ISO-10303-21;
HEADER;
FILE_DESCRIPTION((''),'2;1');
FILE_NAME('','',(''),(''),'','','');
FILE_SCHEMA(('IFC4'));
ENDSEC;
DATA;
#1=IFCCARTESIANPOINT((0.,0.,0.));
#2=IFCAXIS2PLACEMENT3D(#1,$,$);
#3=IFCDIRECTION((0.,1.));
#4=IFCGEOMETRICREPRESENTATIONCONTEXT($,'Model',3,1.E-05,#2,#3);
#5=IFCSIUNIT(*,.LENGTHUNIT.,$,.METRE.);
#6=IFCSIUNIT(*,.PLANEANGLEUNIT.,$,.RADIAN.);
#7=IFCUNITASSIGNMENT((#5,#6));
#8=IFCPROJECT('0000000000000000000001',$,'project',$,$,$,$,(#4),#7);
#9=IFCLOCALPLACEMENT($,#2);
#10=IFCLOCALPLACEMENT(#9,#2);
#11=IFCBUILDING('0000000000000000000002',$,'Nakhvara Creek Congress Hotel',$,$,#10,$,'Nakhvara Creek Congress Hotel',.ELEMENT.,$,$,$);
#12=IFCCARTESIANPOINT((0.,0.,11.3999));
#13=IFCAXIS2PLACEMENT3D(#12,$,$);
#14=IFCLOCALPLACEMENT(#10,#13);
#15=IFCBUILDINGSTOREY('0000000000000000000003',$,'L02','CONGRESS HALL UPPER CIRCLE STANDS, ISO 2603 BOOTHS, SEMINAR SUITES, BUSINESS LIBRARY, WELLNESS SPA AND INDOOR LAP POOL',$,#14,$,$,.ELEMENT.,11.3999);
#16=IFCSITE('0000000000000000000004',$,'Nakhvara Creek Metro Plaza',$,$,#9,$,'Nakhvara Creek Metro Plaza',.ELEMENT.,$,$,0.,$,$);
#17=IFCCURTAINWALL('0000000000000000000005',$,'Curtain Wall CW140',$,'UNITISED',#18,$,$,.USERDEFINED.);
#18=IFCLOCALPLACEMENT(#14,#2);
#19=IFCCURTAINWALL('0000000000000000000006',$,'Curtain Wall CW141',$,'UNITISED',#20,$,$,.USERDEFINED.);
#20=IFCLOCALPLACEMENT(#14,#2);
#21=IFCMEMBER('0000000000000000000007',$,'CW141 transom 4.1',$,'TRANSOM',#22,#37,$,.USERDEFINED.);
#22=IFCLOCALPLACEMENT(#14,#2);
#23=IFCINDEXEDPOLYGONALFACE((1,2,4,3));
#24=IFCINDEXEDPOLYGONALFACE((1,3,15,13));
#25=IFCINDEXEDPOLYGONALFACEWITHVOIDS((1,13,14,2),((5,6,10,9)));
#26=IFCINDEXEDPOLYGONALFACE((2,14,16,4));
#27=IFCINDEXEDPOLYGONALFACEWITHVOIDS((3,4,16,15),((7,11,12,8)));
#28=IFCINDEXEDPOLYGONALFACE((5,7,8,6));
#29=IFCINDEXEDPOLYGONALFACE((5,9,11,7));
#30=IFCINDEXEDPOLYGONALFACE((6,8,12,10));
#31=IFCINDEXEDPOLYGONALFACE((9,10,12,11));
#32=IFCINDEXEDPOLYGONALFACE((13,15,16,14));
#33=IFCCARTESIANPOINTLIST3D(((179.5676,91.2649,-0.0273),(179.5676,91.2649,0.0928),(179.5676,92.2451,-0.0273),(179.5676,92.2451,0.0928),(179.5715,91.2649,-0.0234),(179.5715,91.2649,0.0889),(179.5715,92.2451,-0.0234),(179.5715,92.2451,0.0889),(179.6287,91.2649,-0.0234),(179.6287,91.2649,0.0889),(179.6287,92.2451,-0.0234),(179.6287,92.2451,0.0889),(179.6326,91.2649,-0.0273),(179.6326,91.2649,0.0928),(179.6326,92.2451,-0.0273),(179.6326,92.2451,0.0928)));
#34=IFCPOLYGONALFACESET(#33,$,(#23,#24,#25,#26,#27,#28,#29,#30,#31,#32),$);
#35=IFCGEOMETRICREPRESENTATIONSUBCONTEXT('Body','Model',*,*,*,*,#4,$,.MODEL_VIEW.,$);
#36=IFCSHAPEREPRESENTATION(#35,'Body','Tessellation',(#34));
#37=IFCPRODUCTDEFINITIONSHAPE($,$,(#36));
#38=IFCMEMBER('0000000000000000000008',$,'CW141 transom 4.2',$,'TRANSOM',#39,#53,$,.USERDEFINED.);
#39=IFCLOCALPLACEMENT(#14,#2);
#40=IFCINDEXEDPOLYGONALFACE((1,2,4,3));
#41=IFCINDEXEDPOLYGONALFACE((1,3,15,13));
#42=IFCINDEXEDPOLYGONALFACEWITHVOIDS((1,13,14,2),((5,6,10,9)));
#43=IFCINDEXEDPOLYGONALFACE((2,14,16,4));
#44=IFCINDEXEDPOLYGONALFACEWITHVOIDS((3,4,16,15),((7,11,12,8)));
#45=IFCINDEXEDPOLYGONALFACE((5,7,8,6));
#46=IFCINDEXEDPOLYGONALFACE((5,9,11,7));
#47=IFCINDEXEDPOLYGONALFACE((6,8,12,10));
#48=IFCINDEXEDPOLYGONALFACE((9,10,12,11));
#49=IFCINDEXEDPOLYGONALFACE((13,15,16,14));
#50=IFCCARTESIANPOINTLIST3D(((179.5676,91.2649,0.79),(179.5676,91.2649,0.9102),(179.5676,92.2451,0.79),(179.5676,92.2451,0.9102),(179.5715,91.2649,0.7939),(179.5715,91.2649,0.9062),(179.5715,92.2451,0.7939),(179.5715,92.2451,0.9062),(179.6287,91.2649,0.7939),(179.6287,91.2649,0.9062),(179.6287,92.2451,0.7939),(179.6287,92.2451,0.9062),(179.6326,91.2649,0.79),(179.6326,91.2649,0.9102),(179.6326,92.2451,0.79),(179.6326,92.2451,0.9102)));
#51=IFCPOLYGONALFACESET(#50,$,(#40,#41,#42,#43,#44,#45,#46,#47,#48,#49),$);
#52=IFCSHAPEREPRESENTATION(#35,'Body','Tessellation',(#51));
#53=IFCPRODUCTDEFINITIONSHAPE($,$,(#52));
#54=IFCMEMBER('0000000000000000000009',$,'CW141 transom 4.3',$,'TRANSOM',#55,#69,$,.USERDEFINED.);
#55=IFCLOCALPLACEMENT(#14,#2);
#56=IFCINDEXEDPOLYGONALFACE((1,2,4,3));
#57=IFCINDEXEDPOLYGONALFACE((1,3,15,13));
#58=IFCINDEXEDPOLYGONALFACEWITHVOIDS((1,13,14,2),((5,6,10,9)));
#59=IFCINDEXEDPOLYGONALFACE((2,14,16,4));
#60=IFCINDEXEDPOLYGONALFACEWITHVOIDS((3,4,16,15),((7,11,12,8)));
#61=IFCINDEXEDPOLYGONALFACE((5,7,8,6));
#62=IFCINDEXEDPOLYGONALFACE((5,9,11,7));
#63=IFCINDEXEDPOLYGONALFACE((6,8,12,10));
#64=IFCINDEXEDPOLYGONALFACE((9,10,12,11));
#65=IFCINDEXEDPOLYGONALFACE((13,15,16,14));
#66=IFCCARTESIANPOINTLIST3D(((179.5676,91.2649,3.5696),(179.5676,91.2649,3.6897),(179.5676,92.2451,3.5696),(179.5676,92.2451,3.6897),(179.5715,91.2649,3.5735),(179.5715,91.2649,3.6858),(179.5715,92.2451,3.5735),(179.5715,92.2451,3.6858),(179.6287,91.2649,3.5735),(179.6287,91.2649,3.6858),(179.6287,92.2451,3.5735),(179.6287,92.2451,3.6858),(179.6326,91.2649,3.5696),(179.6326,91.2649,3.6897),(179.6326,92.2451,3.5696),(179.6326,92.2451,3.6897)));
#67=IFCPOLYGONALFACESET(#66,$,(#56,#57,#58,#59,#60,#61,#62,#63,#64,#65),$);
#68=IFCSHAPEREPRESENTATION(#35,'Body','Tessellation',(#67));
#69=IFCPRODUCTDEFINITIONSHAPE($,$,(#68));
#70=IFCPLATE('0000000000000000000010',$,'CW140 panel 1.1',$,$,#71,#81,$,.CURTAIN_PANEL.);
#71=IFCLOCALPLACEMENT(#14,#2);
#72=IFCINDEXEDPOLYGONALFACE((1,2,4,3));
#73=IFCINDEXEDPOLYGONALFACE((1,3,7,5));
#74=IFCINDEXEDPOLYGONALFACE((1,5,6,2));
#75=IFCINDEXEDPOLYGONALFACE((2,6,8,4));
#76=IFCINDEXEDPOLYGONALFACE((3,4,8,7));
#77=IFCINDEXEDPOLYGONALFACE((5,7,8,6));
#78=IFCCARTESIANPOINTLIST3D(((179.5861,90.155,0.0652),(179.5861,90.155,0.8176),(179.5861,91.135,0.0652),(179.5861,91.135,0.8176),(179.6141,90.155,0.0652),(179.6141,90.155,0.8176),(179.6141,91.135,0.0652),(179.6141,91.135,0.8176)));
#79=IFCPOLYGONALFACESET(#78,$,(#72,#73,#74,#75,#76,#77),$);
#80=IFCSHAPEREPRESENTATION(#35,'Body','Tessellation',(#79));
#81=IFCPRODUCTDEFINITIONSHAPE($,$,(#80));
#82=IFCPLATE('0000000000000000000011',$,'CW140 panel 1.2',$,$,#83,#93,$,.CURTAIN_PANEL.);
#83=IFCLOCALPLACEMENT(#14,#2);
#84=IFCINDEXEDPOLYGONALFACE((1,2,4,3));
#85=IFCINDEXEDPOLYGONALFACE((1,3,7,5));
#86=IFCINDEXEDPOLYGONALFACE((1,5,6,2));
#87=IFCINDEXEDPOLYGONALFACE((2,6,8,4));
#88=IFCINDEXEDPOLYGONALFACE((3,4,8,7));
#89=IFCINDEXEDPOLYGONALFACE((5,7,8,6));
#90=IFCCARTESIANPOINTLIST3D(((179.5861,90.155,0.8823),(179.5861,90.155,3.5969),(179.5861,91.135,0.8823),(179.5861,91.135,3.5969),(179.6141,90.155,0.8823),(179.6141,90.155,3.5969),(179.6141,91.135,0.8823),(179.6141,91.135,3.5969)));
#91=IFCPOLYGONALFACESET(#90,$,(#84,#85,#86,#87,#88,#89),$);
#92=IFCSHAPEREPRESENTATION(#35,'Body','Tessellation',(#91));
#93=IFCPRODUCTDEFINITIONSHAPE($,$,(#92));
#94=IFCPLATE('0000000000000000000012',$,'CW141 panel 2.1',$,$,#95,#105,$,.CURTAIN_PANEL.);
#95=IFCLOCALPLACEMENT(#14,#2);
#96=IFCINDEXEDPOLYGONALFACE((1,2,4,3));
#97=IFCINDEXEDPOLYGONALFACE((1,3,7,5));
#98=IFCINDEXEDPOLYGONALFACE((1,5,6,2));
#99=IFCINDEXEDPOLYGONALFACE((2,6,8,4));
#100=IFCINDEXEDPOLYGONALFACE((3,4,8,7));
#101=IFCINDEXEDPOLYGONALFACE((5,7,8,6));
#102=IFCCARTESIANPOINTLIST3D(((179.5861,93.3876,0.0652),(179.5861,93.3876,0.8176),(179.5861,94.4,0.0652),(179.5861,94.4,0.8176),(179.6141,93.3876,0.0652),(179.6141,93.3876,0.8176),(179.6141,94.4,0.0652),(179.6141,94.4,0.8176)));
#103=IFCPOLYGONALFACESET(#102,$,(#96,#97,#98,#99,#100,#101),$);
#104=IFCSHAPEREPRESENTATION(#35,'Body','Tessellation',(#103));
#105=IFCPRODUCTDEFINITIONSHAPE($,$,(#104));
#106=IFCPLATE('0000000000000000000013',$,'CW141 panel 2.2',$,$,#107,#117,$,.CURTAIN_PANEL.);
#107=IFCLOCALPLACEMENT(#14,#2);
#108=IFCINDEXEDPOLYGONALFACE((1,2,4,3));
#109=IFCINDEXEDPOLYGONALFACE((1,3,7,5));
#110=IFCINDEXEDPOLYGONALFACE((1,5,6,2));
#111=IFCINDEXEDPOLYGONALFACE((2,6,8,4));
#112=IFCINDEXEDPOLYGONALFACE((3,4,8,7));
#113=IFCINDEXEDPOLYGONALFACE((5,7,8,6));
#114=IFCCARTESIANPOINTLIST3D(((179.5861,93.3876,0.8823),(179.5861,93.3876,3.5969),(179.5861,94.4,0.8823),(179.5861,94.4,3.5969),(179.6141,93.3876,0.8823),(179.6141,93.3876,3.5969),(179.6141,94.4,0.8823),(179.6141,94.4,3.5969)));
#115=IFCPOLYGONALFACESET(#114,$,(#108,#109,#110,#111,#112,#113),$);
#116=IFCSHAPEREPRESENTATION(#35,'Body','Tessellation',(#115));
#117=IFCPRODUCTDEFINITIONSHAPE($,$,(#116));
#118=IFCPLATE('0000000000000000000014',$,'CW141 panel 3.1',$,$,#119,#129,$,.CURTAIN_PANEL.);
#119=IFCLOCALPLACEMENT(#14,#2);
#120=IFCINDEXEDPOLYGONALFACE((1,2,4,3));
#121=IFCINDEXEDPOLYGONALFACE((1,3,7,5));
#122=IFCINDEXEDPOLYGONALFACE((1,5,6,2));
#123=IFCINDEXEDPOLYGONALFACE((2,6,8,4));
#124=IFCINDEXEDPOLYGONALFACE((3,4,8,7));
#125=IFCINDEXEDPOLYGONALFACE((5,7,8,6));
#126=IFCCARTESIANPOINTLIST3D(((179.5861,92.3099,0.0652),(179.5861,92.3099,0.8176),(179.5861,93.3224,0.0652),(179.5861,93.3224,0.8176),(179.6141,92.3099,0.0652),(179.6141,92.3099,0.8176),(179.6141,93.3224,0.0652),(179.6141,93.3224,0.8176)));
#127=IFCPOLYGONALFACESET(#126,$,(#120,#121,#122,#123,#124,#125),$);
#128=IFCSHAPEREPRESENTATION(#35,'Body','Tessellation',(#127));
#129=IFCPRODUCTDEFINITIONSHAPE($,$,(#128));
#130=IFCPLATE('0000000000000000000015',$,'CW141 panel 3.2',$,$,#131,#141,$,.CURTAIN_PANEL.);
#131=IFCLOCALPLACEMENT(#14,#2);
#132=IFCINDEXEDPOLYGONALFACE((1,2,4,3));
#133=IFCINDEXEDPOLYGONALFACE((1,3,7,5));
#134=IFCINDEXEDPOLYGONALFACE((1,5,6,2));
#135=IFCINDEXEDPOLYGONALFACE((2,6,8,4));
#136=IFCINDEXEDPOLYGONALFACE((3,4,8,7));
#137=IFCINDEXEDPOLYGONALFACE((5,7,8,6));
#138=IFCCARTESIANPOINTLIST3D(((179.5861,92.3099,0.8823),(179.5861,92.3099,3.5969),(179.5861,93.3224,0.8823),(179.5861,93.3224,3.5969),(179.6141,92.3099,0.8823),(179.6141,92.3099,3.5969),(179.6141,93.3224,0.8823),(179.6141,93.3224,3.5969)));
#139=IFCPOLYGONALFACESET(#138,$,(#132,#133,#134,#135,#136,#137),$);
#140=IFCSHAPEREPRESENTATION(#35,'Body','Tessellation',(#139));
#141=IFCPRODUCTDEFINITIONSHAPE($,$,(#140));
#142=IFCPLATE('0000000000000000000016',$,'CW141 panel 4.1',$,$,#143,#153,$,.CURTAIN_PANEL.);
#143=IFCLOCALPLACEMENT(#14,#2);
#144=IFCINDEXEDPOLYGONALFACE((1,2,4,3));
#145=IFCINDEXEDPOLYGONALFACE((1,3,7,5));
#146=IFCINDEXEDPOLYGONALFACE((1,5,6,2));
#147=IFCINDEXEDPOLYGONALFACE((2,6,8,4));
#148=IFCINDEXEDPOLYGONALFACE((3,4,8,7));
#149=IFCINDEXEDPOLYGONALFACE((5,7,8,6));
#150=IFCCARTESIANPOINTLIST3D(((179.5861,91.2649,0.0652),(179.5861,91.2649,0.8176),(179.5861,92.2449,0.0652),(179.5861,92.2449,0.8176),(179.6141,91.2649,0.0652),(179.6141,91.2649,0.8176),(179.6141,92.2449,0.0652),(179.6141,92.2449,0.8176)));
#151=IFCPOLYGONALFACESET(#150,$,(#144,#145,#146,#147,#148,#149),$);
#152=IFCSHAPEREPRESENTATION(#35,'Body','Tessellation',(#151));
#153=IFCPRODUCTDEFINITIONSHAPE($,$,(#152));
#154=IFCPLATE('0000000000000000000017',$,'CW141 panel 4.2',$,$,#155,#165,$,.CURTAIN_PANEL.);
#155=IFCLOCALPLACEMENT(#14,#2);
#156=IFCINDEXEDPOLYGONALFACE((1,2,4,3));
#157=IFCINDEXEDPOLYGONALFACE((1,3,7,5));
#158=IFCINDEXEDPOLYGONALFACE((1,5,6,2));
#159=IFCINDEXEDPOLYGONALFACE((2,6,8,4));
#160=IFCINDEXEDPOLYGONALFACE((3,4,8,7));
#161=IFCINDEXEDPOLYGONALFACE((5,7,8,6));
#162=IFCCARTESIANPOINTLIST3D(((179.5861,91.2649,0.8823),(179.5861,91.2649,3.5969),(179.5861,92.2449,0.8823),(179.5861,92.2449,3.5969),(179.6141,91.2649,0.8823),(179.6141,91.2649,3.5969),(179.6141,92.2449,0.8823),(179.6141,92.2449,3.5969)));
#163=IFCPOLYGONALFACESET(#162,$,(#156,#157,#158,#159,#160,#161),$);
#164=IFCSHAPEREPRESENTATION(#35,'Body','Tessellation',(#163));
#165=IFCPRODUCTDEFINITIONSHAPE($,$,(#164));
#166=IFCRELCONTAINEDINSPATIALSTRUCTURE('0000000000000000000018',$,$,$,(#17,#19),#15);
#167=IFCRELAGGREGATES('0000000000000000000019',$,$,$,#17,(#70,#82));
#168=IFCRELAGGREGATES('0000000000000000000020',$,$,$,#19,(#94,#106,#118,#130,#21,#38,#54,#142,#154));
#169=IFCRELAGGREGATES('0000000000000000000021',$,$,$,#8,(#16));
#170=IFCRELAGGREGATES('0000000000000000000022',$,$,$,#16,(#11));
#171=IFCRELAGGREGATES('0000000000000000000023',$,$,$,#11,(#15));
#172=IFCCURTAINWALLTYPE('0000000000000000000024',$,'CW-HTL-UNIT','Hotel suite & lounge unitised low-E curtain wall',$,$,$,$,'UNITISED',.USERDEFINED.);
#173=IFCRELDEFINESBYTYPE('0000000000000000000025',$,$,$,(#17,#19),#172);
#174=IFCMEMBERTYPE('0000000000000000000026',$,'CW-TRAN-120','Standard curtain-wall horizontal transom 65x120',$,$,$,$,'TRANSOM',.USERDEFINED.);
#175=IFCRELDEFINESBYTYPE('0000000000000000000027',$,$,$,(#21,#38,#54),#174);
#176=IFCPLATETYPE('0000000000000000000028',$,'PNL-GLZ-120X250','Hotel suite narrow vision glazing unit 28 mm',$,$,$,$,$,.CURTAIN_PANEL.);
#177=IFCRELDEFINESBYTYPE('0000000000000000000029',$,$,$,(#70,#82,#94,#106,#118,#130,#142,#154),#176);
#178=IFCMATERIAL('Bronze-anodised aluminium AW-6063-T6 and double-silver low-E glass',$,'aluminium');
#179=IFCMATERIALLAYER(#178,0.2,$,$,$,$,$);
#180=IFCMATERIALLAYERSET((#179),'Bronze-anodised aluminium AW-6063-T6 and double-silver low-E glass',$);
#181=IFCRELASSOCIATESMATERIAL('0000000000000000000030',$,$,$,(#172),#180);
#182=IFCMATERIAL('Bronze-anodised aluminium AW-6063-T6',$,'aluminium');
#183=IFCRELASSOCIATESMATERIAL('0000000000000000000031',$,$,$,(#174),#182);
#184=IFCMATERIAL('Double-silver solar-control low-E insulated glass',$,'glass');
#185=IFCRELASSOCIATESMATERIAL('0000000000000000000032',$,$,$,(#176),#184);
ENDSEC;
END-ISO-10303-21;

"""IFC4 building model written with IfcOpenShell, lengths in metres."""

from ifc_helpers import new_model, si_unit, direction, frame, origin, origin_2d, place, context, subcontext, project, spatial, rectangle, hollow_rectangle, extrude, material, layer, layer_set, material_profile, profile_set, type_object, element, aggregate, save


model = new_model("IFC4")

# Units and contexts
model_context = context("Model", 3, precision=1e-05, world=origin(), true_north=direction((0.0, 1.0)))
body_context = subcontext(model_context, "Body", "Model", "MODEL_VIEW")
ifc_project = project(units=[si_unit("LENGTHUNIT", "METRE"), si_unit("PLANEANGLEUNIT", "RADIAN")], contexts=[model_context])

# Site, building, storey
site_placement = place(None, origin())
site = spatial("IfcSite", under=ifc_project, at=site_placement, Name="Nakhvara Creek Metro Plaza", LongName="Nakhvara Creek Metro Plaza", CompositionType="ELEMENT", RefElevation=0.0)
building_placement = place(site_placement, origin())
building = spatial("IfcBuilding", under=site, at=building_placement, Name="Nakhvara Creek Congress Hotel", LongName="Nakhvara Creek Congress Hotel", CompositionType="ELEMENT")
storey_placement = place(building_placement, frame((0.0, 0.0, 11.3999)))
storey = spatial("IfcBuildingStorey", under=building, at=storey_placement, Name="L02", Description="CONGRESS HALL UPPER CIRCLE STANDS, ISO 2603 BOOTHS, SEMINAR SUITES, BUSINESS LIBRARY, WELLNESS SPA AND INDOOR LAP POOL", CompositionType="ELEMENT", Elevation=11.3999)

# Curtain walls
ifc_material_1 = material(Name="Bronze-anodised aluminium AW-6063-T6 and double-silver low-E glass", Category="aluminium")
ifc_layer_1 = layer(ifc_material_1, 0.2)
ifc_layer_set_1 = layer_set([ifc_layer_1], Name="Bronze-anodised aluminium AW-6063-T6 and double-silver low-E glass")
curtain_wall_type = type_object("IfcCurtainWallType", Name="CW-HTL-UNIT", Description="Hotel suite & lounge unitised low-E curtain wall", ElementType="UNITISED", PredefinedType="USERDEFINED", material=ifc_layer_set_1)
curtain_wall_1_placement = place(storey_placement, origin())
curtain_wall_1 = element("IfcCurtainWall", 1, at=curtain_wall_1_placement, inside=storey, type_object=curtain_wall_type, Name="Curtain Wall CW140", ObjectType="UNITISED", PredefinedType="USERDEFINED")
ifc_material_2 = material(Name="Bronze-anodised aluminium AW-6063-T6", Category="aluminium")
curtain_wall_2_placement = place(storey_placement, origin())
curtain_wall_2 = element("IfcCurtainWall", 2, at=curtain_wall_2_placement, inside=storey, type_object=curtain_wall_type, Name="Curtain Wall CW141", ObjectType="UNITISED", PredefinedType="USERDEFINED")

# Members
ifc_material_profile_1 = material_profile(ifc_material_2, hollow_rectangle(XDim=0.0649, YDim=0.1201, WallThickness=0.0039, at=origin_2d()), Name="ALU-TRAN 65x120x4", Category="LoadBearing")
ifc_profile_set_1 = profile_set([ifc_material_profile_1], Name="Bronze-anodised aluminium AW-6063-T6")
member_type_1 = type_object("IfcMemberType", Name="CW-TRAN-120", Description="Standard curtain-wall horizontal transom 65x120", ElementType="TRANSOM", PredefinedType="USERDEFINED", material=ifc_profile_set_1)
member_1_placement = place(storey_placement, frame((179.6001, 92.2451, 0.0327), z_axis=(0.0, -1.0, 0.0), x_axis=(1.0, 0.0, 0.0)))
member_1 = element("IfcMember", 3, at=member_1_placement, type_object=member_type_1, Name="CW141 transom 4.1", ObjectType="TRANSOM", PredefinedType="USERDEFINED", context=body_context, shape_type="SweptSolid", body=[
    extrude(hollow_rectangle(XDim=0.0649, YDim=0.1201, WallThickness=0.0039, at=origin_2d()), origin(), (0.0, 0.0, 1.0), 0.9802),
])
member_2_placement = place(storey_placement, frame((179.6001, 92.2451, 0.8501), z_axis=(0.0, -1.0, 0.0), x_axis=(1.0, 0.0, 0.0)))
member_2 = element("IfcMember", 4, at=member_2_placement, type_object=member_type_1, Name="CW141 transom 4.2", ObjectType="TRANSOM", PredefinedType="USERDEFINED", context=body_context, shape_type="SweptSolid", body=[
    extrude(hollow_rectangle(XDim=0.0649, YDim=0.1201, WallThickness=0.0039, at=origin_2d()), origin(), (0.0, 0.0, 1.0), 0.9802),
])
member_3_placement = place(storey_placement, frame((179.6001, 92.2451, 3.6296), z_axis=(0.0, -1.0, 0.0), x_axis=(1.0, 0.0, 0.0)))
member_3 = element("IfcMember", 5, at=member_3_placement, type_object=member_type_1, Name="CW141 transom 4.3", ObjectType="TRANSOM", PredefinedType="USERDEFINED", context=body_context, shape_type="SweptSolid", body=[
    extrude(hollow_rectangle(XDim=0.0649, YDim=0.1201, WallThickness=0.0039, at=origin_2d()), origin(), (0.0, 0.0, 1.0), 0.9802),
])

# Plates
ifc_material_3 = material(Name="Double-silver solar-control low-E insulated glass", Category="glass")
plate_type = type_object("IfcPlateType", Name="PNL-GLZ-120X250", Description="Hotel suite narrow vision glazing unit 28 mm", PredefinedType="CURTAIN_PANEL", material=ifc_material_3)
plate_1_placement = place(storey_placement, frame((179.6001, 90.645, 0.0652), z_axis=(0.0, 0.0, 1.0), x_axis=(0.0, -1.0, 0.0)))
plate_1 = element("IfcPlate", 6, at=plate_1_placement, type_object=plate_type, Name="CW140 panel 1.1", PredefinedType="CURTAIN_PANEL", context=body_context, shape_type="SweptSolid", body=[
    extrude(rectangle(XDim=0.98, YDim=0.0281, at=origin_2d()), origin(), (0.0, 0.0, 1.0), 0.7524),
])
plate_2_placement = place(storey_placement, frame((179.6001, 90.645, 0.8823), z_axis=(0.0, 0.0, 1.0), x_axis=(0.0, -1.0, 0.0)))
plate_2 = element("IfcPlate", 7, at=plate_2_placement, type_object=plate_type, Name="CW140 panel 1.2", PredefinedType="CURTAIN_PANEL", context=body_context, shape_type="SweptSolid", body=[
    extrude(rectangle(XDim=0.98, YDim=0.0281, at=origin_2d()), origin(), (0.0, 0.0, 1.0), 2.7146),
])
aggregate(curtain_wall_1, [plate_1, plate_2])
plate_3_placement = place(storey_placement, frame((179.6001, 93.8938, 0.0652), z_axis=(0.0, 0.0, 1.0), x_axis=(0.0, -1.0, 0.0)))
plate_3 = element("IfcPlate", 8, at=plate_3_placement, type_object=plate_type, Name="CW141 panel 2.1", PredefinedType="CURTAIN_PANEL", context=body_context, shape_type="SweptSolid", body=[
    extrude(rectangle(XDim=1.0125, YDim=0.0281, at=origin_2d()), origin(), (0.0, 0.0, 1.0), 0.7524),
])
plate_4_placement = place(storey_placement, frame((179.6001, 93.8938, 0.8823), z_axis=(0.0, 0.0, 1.0), x_axis=(0.0, -1.0, 0.0)))
plate_4 = element("IfcPlate", 9, at=plate_4_placement, type_object=plate_type, Name="CW141 panel 2.2", PredefinedType="CURTAIN_PANEL", context=body_context, shape_type="SweptSolid", body=[
    extrude(rectangle(XDim=1.0125, YDim=0.0281, at=origin_2d()), origin(), (0.0, 0.0, 1.0), 2.7146),
])
plate_5_placement = place(storey_placement, frame((179.6001, 92.8162, 0.0652), z_axis=(0.0, 0.0, 1.0), x_axis=(0.0, -1.0, 0.0)))
plate_5 = element("IfcPlate", 10, at=plate_5_placement, type_object=plate_type, Name="CW141 panel 3.1", PredefinedType="CURTAIN_PANEL", context=body_context, shape_type="SweptSolid", body=[
    extrude(rectangle(XDim=1.0125, YDim=0.0281, at=origin_2d()), origin(), (0.0, 0.0, 1.0), 0.7524),
])
plate_6_placement = place(storey_placement, frame((179.6001, 92.8162, 0.8823), z_axis=(0.0, 0.0, 1.0), x_axis=(0.0, -1.0, 0.0)))
plate_6 = element("IfcPlate", 11, at=plate_6_placement, type_object=plate_type, Name="CW141 panel 3.2", PredefinedType="CURTAIN_PANEL", context=body_context, shape_type="SweptSolid", body=[
    extrude(rectangle(XDim=1.0125, YDim=0.0281, at=origin_2d()), origin(), (0.0, 0.0, 1.0), 2.7146),
])
plate_7_placement = place(storey_placement, frame((179.6001, 91.7549, 0.0652), z_axis=(0.0, 0.0, 1.0), x_axis=(0.0, -1.0, 0.0)))
plate_7 = element("IfcPlate", 12, at=plate_7_placement, type_object=plate_type, Name="CW141 panel 4.1", PredefinedType="CURTAIN_PANEL", context=body_context, shape_type="SweptSolid", body=[
    extrude(rectangle(XDim=0.98, YDim=0.0281, at=origin_2d()), origin(), (0.0, 0.0, 1.0), 0.7524),
])
plate_8_placement = place(storey_placement, frame((179.6001, 91.7549, 0.8823), z_axis=(0.0, 0.0, 1.0), x_axis=(0.0, -1.0, 0.0)))
plate_8 = element("IfcPlate", 13, at=plate_8_placement, type_object=plate_type, Name="CW141 panel 4.2", PredefinedType="CURTAIN_PANEL", context=body_context, shape_type="SweptSolid", body=[
    extrude(rectangle(XDim=0.98, YDim=0.0281, at=origin_2d()), origin(), (0.0, 0.0, 1.0), 2.7146),
])
aggregate(curtain_wall_2, [plate_3, plate_4, plate_5, plate_6, member_1, member_2, member_3, plate_7, plate_8])

save(model, "model.ifc")
